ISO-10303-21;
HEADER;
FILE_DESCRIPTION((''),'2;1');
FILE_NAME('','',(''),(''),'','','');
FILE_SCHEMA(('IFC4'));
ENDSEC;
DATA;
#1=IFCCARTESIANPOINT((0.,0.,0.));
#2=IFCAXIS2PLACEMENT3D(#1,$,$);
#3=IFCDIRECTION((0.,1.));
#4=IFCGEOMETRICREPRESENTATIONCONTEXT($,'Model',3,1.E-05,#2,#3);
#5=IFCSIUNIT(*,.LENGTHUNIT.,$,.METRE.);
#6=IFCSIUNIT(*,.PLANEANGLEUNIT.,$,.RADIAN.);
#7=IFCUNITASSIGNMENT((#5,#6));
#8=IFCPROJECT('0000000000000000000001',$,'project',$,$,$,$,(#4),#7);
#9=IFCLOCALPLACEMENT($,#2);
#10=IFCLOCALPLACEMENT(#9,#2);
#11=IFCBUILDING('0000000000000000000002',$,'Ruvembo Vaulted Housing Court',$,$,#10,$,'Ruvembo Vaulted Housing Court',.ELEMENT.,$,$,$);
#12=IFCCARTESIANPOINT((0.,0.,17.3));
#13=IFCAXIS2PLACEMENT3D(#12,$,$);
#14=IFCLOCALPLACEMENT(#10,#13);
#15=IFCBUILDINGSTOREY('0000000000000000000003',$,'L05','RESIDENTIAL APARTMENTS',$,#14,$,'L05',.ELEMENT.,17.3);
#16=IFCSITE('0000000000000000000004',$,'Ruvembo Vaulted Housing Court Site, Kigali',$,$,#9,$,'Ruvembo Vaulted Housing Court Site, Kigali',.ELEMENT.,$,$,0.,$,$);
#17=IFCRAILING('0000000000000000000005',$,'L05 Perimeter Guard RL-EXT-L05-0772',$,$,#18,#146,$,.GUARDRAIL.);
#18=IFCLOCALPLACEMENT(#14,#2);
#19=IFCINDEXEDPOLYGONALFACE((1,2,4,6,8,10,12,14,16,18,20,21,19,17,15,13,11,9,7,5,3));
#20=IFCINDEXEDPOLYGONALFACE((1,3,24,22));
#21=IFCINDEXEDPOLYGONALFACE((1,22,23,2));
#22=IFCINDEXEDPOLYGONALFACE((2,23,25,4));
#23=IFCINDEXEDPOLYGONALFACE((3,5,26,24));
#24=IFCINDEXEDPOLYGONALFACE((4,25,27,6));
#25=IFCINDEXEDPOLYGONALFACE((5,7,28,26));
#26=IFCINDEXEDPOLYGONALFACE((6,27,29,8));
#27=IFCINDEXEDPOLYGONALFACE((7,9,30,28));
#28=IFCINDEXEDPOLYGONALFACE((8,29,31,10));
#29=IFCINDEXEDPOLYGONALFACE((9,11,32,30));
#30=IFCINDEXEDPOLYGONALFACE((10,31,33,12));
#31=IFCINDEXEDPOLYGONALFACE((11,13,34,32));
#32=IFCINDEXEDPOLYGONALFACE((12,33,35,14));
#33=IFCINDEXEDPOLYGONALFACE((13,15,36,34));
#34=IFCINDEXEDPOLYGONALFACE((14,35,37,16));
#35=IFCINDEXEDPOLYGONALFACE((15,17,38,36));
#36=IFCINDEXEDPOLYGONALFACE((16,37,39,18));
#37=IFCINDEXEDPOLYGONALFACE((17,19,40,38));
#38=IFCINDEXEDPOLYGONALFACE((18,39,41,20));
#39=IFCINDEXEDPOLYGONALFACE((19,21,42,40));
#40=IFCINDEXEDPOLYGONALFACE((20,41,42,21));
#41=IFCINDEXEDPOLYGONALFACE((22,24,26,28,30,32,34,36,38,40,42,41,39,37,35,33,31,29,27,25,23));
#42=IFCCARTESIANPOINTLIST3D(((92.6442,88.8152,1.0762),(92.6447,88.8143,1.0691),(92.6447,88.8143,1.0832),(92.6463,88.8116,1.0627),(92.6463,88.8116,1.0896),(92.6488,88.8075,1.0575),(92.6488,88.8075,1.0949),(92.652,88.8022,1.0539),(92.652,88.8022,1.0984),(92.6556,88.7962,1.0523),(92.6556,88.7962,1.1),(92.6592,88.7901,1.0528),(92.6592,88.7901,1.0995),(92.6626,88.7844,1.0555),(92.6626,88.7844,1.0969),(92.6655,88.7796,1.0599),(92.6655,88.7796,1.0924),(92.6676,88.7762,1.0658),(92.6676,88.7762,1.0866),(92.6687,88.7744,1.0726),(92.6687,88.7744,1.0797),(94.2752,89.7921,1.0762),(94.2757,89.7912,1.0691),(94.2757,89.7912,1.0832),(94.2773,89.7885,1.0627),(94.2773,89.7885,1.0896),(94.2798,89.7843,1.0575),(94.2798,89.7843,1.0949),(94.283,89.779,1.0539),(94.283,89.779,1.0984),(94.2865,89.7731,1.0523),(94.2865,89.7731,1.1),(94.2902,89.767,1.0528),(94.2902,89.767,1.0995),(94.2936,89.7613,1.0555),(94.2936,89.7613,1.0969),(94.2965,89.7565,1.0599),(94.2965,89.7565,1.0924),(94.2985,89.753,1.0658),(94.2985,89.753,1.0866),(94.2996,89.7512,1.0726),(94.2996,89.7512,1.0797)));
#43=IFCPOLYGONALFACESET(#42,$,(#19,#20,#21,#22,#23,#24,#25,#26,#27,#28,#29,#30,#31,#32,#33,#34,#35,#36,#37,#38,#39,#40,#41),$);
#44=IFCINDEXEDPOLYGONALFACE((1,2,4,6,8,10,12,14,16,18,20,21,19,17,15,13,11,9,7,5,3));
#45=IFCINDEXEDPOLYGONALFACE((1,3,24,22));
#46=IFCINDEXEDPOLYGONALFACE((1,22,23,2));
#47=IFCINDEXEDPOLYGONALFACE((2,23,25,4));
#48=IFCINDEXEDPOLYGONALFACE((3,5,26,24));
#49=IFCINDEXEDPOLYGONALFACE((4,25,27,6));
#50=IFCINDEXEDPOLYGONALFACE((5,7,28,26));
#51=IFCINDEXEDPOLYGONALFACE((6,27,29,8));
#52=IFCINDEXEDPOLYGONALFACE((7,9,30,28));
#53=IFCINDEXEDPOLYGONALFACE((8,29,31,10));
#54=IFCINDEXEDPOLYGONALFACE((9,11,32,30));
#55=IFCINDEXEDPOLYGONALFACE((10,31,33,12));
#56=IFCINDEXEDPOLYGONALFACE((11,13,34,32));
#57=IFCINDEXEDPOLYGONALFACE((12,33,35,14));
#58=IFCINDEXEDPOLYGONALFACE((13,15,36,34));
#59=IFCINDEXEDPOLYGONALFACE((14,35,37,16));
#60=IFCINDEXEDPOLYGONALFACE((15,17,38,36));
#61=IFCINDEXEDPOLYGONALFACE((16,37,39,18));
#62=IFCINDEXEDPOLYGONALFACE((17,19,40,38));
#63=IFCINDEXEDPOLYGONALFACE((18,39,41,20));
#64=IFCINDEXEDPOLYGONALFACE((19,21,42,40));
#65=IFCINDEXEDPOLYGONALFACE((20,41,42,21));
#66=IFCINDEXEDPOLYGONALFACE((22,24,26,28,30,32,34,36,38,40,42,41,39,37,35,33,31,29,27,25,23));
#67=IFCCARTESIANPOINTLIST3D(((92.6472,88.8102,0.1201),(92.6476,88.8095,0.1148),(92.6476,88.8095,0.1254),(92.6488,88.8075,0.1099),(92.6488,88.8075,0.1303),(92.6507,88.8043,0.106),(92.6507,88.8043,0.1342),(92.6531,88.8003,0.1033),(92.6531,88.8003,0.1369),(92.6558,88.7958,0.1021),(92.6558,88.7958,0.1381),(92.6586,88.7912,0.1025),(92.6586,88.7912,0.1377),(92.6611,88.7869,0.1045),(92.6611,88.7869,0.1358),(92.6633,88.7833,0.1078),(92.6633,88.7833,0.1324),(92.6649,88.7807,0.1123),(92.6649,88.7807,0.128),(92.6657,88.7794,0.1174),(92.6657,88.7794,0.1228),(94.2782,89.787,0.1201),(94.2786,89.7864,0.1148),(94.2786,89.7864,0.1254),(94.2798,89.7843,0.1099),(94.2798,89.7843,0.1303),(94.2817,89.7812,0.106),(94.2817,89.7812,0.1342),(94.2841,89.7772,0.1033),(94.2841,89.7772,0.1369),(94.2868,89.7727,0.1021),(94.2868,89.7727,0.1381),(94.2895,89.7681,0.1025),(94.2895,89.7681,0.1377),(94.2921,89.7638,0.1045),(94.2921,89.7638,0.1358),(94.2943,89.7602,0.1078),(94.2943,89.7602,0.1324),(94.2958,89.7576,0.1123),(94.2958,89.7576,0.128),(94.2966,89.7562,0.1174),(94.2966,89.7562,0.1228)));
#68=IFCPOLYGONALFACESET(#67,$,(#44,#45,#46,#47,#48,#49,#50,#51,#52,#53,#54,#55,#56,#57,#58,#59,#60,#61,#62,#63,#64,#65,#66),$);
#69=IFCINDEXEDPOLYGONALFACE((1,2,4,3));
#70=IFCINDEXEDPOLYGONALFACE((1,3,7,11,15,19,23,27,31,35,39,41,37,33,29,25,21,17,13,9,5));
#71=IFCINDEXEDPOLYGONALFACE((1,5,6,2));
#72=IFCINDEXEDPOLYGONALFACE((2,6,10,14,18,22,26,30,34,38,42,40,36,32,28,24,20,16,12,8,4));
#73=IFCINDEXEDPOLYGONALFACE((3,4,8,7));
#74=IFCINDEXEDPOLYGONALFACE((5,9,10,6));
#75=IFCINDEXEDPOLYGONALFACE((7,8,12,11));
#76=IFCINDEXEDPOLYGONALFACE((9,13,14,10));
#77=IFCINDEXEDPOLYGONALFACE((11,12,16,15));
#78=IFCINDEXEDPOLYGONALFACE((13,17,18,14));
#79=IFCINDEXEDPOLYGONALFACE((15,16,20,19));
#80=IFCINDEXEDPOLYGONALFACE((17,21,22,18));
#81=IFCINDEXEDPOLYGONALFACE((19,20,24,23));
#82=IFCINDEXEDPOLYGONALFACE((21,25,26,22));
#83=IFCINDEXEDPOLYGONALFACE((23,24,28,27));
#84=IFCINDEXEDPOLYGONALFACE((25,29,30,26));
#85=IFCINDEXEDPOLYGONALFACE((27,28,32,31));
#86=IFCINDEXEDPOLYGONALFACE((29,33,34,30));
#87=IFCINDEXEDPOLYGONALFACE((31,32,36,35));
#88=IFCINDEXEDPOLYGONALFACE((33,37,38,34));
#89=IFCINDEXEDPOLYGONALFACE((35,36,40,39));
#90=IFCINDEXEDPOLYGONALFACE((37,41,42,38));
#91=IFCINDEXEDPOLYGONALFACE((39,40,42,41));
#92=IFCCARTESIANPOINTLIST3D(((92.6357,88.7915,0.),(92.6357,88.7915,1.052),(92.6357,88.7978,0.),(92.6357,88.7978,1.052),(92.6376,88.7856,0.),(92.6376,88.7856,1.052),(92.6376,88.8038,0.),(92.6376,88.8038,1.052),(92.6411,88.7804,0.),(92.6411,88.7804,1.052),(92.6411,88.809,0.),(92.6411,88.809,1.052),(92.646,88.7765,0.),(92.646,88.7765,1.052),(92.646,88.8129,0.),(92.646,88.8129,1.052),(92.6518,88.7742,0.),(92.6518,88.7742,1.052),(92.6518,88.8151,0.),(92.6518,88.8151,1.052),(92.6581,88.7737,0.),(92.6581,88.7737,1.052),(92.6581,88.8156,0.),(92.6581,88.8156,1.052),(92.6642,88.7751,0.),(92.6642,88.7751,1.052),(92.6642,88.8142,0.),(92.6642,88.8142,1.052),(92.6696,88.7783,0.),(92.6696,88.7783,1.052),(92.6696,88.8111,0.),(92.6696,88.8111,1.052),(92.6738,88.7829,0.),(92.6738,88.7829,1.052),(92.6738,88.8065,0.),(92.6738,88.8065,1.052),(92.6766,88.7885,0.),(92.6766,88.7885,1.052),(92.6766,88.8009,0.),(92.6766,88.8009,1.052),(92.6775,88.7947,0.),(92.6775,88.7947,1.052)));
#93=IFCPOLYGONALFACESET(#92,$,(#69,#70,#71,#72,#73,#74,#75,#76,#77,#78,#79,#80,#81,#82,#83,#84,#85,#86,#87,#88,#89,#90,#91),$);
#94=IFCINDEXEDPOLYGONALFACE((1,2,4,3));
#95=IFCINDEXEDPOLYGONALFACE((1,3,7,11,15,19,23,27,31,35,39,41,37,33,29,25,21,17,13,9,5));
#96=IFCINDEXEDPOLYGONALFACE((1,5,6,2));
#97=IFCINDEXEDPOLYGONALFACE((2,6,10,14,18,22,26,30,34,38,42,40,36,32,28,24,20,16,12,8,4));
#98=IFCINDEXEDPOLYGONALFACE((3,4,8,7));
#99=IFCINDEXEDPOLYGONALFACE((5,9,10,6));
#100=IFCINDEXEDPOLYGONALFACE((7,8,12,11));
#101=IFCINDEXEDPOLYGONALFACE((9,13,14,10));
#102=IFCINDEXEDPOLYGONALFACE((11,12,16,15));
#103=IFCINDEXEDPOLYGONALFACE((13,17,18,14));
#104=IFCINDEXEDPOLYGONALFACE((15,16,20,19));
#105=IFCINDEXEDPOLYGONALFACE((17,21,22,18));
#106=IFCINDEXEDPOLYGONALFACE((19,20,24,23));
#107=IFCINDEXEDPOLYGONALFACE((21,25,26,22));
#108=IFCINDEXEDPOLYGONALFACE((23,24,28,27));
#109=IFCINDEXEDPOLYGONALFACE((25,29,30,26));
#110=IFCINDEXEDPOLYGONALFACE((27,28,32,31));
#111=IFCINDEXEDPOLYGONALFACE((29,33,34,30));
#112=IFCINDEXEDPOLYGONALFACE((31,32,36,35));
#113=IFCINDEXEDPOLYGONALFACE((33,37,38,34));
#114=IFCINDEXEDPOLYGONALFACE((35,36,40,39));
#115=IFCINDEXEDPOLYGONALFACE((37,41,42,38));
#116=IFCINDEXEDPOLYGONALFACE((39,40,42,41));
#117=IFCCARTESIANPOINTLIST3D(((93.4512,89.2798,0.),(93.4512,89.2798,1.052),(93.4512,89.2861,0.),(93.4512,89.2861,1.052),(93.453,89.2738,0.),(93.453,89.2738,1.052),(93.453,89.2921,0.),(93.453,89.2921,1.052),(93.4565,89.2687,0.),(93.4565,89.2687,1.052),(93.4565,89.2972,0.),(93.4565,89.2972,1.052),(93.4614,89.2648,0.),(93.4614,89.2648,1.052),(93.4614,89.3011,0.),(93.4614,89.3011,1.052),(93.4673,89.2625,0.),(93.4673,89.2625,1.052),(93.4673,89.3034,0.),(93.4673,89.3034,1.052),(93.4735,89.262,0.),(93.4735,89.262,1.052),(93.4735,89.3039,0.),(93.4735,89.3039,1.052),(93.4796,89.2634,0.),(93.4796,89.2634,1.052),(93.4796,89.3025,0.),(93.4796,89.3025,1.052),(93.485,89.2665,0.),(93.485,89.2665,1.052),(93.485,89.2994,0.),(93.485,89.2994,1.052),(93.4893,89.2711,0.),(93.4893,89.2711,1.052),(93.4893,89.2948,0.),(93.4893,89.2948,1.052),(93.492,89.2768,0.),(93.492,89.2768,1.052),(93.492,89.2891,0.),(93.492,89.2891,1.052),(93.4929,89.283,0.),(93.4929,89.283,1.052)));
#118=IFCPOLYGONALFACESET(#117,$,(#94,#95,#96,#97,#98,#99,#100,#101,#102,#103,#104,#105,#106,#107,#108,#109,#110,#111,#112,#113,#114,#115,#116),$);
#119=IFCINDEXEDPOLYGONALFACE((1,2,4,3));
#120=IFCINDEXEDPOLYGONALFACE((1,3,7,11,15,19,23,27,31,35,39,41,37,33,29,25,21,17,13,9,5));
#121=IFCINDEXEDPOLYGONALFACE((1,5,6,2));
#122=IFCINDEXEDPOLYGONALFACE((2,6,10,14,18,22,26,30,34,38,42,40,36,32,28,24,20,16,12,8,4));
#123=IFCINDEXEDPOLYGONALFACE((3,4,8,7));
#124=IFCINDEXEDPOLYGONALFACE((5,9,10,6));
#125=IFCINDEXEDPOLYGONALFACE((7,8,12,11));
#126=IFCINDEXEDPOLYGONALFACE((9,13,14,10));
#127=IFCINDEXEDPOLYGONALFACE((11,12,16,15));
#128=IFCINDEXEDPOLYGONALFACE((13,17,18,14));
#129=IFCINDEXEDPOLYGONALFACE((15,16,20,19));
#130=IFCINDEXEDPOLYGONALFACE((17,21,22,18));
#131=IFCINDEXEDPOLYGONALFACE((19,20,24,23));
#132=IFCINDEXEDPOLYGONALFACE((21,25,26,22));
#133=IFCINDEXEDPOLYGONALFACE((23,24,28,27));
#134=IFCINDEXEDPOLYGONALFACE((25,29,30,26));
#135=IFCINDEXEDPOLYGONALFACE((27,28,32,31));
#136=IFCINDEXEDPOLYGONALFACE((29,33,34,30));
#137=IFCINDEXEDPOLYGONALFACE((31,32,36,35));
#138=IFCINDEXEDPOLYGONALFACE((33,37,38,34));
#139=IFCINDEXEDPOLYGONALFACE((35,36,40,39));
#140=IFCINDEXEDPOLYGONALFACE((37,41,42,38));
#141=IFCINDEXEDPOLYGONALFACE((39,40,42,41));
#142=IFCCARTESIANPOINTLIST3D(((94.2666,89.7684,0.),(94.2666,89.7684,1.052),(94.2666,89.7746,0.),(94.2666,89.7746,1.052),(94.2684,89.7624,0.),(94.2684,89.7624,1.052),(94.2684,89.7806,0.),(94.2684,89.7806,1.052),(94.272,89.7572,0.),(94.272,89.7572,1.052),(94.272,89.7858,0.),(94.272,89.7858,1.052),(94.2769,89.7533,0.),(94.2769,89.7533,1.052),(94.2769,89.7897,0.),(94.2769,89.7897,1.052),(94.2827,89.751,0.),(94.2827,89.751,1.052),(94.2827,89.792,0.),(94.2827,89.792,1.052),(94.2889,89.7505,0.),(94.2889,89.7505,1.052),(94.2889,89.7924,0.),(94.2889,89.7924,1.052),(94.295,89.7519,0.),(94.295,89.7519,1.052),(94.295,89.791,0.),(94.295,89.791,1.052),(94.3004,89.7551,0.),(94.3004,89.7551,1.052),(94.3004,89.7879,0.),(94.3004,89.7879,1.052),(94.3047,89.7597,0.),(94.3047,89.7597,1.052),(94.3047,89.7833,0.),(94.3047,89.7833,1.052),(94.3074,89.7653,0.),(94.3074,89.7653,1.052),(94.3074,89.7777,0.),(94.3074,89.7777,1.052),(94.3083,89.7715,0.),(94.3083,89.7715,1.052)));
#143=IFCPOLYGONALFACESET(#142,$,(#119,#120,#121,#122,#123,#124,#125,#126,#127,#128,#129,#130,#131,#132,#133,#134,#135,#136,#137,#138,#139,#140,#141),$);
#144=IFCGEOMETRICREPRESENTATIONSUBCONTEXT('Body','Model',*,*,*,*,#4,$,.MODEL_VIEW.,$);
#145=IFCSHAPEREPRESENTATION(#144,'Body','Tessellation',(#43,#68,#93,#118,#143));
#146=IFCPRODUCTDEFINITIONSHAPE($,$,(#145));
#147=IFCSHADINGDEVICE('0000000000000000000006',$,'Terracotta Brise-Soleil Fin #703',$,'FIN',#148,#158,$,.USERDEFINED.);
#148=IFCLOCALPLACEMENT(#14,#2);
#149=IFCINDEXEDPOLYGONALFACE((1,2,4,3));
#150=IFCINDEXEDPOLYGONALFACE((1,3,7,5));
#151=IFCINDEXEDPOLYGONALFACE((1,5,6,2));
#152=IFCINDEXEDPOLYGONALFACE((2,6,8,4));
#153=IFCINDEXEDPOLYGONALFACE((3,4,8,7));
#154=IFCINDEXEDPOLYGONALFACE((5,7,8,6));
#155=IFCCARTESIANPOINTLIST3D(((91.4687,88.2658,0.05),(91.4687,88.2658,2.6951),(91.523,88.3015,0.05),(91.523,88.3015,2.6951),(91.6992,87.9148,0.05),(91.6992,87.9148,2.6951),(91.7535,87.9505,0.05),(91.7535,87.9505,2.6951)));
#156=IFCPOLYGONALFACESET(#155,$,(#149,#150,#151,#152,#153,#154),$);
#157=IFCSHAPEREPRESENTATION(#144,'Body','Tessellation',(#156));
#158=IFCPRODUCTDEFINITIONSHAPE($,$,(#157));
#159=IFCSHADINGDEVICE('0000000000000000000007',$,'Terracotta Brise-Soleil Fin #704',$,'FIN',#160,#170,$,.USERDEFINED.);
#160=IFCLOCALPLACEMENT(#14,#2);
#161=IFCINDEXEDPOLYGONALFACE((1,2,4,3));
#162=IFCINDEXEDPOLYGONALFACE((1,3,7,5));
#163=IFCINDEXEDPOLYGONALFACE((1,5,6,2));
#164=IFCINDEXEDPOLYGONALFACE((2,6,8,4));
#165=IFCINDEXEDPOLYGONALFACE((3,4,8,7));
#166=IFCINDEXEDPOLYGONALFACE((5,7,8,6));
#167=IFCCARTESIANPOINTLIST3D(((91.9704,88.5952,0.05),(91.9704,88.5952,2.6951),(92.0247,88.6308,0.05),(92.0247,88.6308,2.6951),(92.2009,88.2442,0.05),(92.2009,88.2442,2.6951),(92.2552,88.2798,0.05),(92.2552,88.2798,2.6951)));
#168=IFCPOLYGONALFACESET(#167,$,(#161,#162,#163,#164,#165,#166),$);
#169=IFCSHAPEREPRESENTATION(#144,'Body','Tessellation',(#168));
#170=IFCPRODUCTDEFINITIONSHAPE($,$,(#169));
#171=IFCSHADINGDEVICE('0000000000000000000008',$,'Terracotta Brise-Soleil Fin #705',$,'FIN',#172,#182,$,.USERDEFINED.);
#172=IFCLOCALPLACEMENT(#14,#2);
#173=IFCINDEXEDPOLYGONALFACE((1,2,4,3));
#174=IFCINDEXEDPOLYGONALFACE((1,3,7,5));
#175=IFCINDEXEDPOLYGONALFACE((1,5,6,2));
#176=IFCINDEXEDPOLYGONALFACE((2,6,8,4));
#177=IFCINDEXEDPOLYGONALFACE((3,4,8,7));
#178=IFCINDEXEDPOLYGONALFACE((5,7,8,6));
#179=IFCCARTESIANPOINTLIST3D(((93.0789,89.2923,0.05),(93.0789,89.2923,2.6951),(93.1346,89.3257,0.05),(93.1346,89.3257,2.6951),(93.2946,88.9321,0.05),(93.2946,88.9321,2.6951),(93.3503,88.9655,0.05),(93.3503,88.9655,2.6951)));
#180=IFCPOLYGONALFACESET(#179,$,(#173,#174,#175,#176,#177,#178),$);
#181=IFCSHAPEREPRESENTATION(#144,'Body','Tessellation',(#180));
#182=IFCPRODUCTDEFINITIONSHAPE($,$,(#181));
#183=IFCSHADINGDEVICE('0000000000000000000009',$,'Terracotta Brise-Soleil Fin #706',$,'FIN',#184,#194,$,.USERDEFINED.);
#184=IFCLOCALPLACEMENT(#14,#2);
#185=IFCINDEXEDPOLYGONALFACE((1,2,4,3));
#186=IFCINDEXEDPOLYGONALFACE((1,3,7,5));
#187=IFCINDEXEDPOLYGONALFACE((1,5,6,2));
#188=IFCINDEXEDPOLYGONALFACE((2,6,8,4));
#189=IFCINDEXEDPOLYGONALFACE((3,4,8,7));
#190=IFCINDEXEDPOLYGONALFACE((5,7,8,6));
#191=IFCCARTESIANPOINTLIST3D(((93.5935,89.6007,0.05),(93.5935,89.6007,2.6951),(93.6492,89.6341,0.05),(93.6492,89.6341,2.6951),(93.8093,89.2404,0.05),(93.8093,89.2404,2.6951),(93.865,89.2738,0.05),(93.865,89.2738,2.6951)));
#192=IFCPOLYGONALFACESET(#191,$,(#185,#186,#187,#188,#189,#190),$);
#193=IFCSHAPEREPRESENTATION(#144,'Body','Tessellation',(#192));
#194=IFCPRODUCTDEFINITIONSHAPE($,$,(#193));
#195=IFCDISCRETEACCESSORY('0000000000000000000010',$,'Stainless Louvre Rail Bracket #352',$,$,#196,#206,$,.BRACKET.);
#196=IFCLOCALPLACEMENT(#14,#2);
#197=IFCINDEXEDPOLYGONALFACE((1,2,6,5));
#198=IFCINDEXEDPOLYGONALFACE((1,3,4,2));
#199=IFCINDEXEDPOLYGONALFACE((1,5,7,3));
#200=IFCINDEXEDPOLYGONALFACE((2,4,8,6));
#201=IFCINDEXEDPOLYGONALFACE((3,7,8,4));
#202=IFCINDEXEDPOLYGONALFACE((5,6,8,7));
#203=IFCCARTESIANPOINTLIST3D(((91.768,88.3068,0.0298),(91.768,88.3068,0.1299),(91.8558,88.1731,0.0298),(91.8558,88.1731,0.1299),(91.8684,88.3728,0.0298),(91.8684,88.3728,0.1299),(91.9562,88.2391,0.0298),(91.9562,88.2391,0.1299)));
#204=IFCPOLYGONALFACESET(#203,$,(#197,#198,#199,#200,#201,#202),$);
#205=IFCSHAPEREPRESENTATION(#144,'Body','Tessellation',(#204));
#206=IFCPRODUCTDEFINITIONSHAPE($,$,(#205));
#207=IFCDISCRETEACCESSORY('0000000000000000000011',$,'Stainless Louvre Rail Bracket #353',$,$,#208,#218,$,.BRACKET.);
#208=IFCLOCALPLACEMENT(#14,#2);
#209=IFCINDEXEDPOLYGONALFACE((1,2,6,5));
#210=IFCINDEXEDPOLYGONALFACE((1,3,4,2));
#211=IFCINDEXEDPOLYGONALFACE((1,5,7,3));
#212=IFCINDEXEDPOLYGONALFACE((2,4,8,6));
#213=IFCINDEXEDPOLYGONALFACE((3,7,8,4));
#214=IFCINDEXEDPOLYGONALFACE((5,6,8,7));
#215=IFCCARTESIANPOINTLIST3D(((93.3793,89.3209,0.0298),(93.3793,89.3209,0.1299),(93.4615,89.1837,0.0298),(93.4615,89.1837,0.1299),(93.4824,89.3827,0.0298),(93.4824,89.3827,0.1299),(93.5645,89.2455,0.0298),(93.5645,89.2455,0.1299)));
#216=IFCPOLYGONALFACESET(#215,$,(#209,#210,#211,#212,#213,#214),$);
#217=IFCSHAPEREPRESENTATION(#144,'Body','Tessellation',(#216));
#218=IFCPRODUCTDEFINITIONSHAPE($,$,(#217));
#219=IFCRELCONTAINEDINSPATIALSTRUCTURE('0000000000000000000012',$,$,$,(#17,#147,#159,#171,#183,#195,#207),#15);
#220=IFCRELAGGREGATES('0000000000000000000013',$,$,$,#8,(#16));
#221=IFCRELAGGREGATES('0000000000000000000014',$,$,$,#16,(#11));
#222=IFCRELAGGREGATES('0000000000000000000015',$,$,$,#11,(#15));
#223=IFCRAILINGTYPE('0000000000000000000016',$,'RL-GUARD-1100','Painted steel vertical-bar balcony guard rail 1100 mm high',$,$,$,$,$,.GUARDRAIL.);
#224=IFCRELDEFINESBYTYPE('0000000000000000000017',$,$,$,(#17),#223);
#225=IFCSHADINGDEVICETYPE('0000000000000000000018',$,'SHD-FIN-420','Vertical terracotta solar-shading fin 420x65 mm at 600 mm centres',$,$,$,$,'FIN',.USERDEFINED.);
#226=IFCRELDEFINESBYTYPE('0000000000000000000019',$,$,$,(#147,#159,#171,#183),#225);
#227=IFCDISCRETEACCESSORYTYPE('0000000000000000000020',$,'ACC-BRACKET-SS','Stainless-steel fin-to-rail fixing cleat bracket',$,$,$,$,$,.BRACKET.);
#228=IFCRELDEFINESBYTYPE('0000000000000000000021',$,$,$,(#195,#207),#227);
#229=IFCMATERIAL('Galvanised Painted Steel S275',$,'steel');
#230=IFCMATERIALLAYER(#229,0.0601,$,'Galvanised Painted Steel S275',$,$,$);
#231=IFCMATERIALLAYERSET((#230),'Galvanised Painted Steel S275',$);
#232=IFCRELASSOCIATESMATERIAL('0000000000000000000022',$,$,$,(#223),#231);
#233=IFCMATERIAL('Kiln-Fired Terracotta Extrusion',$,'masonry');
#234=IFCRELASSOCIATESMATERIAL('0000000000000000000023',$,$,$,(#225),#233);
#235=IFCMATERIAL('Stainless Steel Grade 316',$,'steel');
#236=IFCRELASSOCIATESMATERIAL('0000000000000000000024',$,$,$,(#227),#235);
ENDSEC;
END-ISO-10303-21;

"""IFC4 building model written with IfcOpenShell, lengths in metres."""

from ifc_helpers import new_model, si_unit, direction, frame, origin, origin_2d, place, context, subcontext, project, spatial, rectangle, circle, extrude, material, layer, layer_set, type_object, element, save


model = new_model("IFC4")

# Units and contexts
model_context = context("Model", 3, precision=1e-05, world=origin(), true_north=direction((0.0, 1.0)))
body_context = subcontext(model_context, "Body", "Model", "MODEL_VIEW")
ifc_project = project(units=[si_unit("LENGTHUNIT", "METRE"), si_unit("PLANEANGLEUNIT", "RADIAN")], contexts=[model_context])

# Site, building, storey
site_placement = place(None, origin())
site = spatial("IfcSite", under=ifc_project, at=site_placement, Name="Ruvembo Vaulted Housing Court Site, Kigali", LongName="Ruvembo Vaulted Housing Court Site, Kigali", CompositionType="ELEMENT", RefElevation=0.0)
building_placement = place(site_placement, origin())
building = spatial("IfcBuilding", under=site, at=building_placement, Name="Ruvembo Vaulted Housing Court", LongName="Ruvembo Vaulted Housing Court", CompositionType="ELEMENT")
storey_placement = place(building_placement, frame((0.0, 0.0, 17.3)))
storey = spatial("IfcBuildingStorey", under=building, at=storey_placement, Name="L05", Description="RESIDENTIAL APARTMENTS", LongName="L05", CompositionType="ELEMENT", Elevation=17.3)

# Railing
ifc_material_1 = material(Name="Galvanised Painted Steel S275", Category="steel")
ifc_layer_1 = layer(ifc_material_1, 0.0601, Name="Galvanised Painted Steel S275")
ifc_layer_set_1 = layer_set([ifc_layer_1], Name="Galvanised Painted Steel S275")
railing_type = type_object("IfcRailingType", Name="RL-GUARD-1100", Description="Painted steel vertical-bar balcony guard rail 1100 mm high", PredefinedType="GUARDRAIL", material=ifc_layer_set_1)
railing_1_placement = place(storey_placement, frame((92.6565, 88.7947, 0.0)))
element("IfcRailing", 1, at=railing_1_placement, inside=storey, type_object=railing_type, Name="L05 Perimeter Guard RL-EXT-L05-0772", PredefinedType="GUARDRAIL", context=body_context, shape_type="SweptSolid", body=[
    extrude(circle(Radius=0.0239, at=origin_2d()), frame((0.0, 0.0, 1.0762), z_axis=(0.857889, 0.513835, 0.0), x_axis=(-0.513835, 0.857889, 0.0)), (0.0, 0.0, 1.0), 1.9011),
    extrude(circle(Radius=0.0181, at=origin_2d()), frame((0.0, 0.0, 0.1201), z_axis=(0.857889, 0.513835, 0.0), x_axis=(-0.513835, 0.857889, 0.0)), (0.0, 0.0, 1.0), 1.9011),
    extrude(circle(Radius=0.021, at=origin_2d()), origin(), (0.0, 0.0, 1.0), 1.052),
    extrude(circle(Radius=0.021, at=origin_2d()), frame((0.8154, 0.4883, 0.0)), (0.0, 0.0, 1.0), 1.052),
    extrude(circle(Radius=0.021, at=origin_2d()), frame((1.6309, 0.9768, 0.0)), (0.0, 0.0, 1.0), 1.052),
])

# Shading devices
ifc_material_2 = material(Name="Kiln-Fired Terracotta Extrusion", Category="masonry")
shading_device_type = type_object("IfcShadingDeviceType", Name="SHD-FIN-420", Description="Vertical terracotta solar-shading fin 420x65 mm at 600 mm centres", ElementType="FIN", PredefinedType="USERDEFINED", material=ifc_material_2)
for number, where, z_axis, x_axis, name in (
    (2, (91.6111, 88.1082, 0.05), (0.0, 0.0, 1.0), (0.548964, -0.835846, 0.0), "Terracotta Brise-Soleil Fin #703"),
    (3, (92.1128, 88.4375, 0.05), (0.0, 0.0, 1.0), (0.548964, -0.835846, 0.0), "Terracotta Brise-Soleil Fin #704"),
    (4, (93.2146, 89.1289, 0.05), (0.0, 0.0, 1.0), (0.513826, -0.857895, 0.0), "Terracotta Brise-Soleil Fin #705"),
    (5, (93.7292, 89.4373, 0.05), (0.0, 0.0, 1.0), (0.513826, -0.857895, 0.0), "Terracotta Brise-Soleil Fin #706"),
):
    element("IfcShadingDevice", number, at=place(storey_placement, frame(where, z_axis=z_axis, x_axis=x_axis)), inside=storey, type_object=shading_device_type, Name=name, ObjectType="FIN", PredefinedType="USERDEFINED", context=body_context, shape_type="SweptSolid", body=[
        extrude(rectangle(XDim=0.4199, YDim=0.0649, at=origin_2d()), origin(), (0.0, 0.0, 1.0), 2.645),
    ])

# Discrete accessories
ifc_material_3 = material(Name="Stainless Steel Grade 316", Category="steel")
discrete_accessory_type = type_object("IfcDiscreteAccessoryType", Name="ACC-BRACKET-SS", Description="Stainless-steel fin-to-rail fixing cleat bracket", PredefinedType="BRACKET", material=ifc_material_3)
for number, where, z_axis, x_axis, name in (
    (6, (91.8621, 88.2729, 0.0298), (0.0, 0.0, 1.0), (0.548964, -0.835846, 0.0), "Stainless Louvre Rail Bracket #352"),
    (7, (93.4719, 89.2832, 0.0298), (0.0, 0.0, 1.0), (0.513826, -0.857895, 0.0), "Stainless Louvre Rail Bracket #353"),
):
    element("IfcDiscreteAccessory", number, at=place(storey_placement, frame(where, z_axis=z_axis, x_axis=x_axis)), inside=storey, type_object=discrete_accessory_type, Name=name, PredefinedType="BRACKET", context=body_context, shape_type="SweptSolid", body=[
        extrude(rectangle(XDim=0.1599, YDim=0.1201, at=origin_2d()), origin(), (0.0, 0.0, 1.0), 0.1001),
    ])

save(model, "model.ifc")
